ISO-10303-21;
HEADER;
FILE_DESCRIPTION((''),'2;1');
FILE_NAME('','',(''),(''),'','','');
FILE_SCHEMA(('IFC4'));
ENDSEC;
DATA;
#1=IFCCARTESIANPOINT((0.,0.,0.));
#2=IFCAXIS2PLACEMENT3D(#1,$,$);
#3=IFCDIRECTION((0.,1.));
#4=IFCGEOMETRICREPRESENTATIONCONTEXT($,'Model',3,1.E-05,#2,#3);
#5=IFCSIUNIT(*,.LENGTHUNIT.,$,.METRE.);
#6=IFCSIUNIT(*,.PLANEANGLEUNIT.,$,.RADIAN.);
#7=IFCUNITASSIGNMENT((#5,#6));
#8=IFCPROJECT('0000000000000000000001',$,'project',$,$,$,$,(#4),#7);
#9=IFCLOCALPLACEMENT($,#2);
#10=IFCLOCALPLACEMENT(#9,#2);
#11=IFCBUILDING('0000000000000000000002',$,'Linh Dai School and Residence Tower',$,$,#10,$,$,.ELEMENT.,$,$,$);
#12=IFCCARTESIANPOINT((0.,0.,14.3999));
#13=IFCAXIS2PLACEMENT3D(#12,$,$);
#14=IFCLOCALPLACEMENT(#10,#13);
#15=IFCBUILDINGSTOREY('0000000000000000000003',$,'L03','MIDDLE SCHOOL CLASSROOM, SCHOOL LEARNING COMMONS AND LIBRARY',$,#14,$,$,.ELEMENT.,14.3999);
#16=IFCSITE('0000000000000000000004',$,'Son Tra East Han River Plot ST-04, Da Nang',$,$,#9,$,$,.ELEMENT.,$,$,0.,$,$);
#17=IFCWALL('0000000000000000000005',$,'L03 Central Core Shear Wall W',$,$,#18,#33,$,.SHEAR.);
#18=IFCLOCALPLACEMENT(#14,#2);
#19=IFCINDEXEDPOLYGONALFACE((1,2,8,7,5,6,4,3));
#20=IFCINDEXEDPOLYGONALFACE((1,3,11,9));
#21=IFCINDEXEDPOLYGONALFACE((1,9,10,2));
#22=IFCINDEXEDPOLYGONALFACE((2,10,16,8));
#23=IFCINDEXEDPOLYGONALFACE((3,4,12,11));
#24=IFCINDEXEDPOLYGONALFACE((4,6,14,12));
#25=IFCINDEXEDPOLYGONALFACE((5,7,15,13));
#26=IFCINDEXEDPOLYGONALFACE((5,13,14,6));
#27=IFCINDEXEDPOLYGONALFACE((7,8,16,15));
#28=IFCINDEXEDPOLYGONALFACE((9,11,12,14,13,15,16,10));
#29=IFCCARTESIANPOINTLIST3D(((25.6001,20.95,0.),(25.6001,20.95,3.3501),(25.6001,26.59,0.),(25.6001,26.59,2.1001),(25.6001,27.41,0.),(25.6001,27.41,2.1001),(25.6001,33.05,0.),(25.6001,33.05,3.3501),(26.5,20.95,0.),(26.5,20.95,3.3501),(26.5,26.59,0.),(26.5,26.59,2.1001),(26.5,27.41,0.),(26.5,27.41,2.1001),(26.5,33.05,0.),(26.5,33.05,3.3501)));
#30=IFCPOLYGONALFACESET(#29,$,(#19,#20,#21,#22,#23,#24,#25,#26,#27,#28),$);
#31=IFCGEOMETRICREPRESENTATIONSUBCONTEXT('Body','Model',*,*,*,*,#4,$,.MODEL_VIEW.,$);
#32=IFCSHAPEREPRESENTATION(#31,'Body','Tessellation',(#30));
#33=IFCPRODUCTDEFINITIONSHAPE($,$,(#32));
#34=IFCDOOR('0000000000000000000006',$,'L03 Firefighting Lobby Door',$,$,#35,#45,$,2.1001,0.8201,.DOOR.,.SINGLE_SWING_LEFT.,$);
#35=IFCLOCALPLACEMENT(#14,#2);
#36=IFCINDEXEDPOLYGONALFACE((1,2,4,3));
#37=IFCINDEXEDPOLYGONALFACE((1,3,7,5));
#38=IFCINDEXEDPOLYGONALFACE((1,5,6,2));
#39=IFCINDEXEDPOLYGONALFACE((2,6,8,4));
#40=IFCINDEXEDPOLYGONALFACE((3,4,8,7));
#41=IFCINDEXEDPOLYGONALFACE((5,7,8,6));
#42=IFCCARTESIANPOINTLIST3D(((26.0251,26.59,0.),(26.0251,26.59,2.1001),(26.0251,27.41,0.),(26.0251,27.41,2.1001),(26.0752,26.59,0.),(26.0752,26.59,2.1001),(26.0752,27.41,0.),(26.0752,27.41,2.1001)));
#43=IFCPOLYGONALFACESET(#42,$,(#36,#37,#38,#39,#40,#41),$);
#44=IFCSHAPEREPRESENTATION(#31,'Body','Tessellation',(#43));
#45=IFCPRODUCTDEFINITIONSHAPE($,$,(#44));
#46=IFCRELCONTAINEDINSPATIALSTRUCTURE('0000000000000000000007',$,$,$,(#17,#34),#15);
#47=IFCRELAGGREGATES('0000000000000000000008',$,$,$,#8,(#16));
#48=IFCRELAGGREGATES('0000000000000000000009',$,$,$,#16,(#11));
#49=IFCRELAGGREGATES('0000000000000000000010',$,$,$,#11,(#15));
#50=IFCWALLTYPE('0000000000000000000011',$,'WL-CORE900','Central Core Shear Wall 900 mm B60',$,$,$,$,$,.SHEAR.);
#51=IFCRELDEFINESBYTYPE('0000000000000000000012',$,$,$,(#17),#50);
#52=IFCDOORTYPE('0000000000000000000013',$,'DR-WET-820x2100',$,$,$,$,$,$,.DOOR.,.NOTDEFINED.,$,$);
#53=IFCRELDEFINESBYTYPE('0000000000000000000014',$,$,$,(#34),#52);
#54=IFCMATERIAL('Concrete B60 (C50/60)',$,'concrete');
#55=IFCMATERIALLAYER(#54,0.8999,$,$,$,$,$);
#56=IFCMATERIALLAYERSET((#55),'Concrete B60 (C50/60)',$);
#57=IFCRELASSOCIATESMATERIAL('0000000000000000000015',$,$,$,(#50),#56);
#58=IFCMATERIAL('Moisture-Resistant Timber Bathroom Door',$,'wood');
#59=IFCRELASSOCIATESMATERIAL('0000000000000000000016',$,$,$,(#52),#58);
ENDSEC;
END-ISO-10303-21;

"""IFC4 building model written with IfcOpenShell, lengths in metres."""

from ifc_helpers import new_model, si_unit, direction, frame, frame_2d, origin, origin_2d, place, context, subcontext, project, spatial, rectangle, extrude, source, transform, mapped, material, layer, layer_set, type_object, element, fill, save


model = new_model("IFC4")

# Units and contexts
model_context = context("Model", 3, precision=1e-05, world=origin(), true_north=direction((0.0, 1.0)))
body_context = subcontext(model_context, "Body", "Model", "MODEL_VIEW")
ifc_project = project(units=[si_unit("LENGTHUNIT", "METRE"), si_unit("PLANEANGLEUNIT", "RADIAN")], contexts=[model_context])

# Site, building, storey
site_placement = place(None, origin())
site = spatial("IfcSite", under=ifc_project, at=site_placement, Name="Son Tra East Han River Plot ST-04, Da Nang", CompositionType="ELEMENT", RefElevation=0.0)
building_placement = place(site_placement, origin())
building = spatial("IfcBuilding", under=site, at=building_placement, Name="Linh Dai School and Residence Tower", CompositionType="ELEMENT")
storey_placement = place(building_placement, frame((0.0, 0.0, 14.3999)))
storey = spatial("IfcBuildingStorey", under=building, at=storey_placement, Name="L03", Description="MIDDLE SCHOOL CLASSROOM, SCHOOL LEARNING COMMONS AND LIBRARY", CompositionType="ELEMENT", Elevation=14.3999)

# Shared definitions
ifc_material_1 = material(Name="Concrete B60 (C50/60)", Category="concrete")

# Wall, opening, door
ifc_layer_1 = layer(ifc_material_1, 0.8999)
ifc_layer_set_1 = layer_set([ifc_layer_1], Name="Concrete B60 (C50/60)")
wall_type_1 = type_object("IfcWallType", Name="WL-CORE900", Description="Central Core Shear Wall 900 mm B60", PredefinedType="SHEAR", material=ifc_layer_set_1)
wall_1_placement = place(storey_placement, frame((26.05, 20.95, 0.0), z_axis=(0.0, 0.0, 1.0), x_axis=(0.0, 1.0, 0.0)))
wall_1 = element("IfcWall", 1, at=wall_1_placement, inside=storey, type_object=wall_type_1, Name="L03 Central Core Shear Wall W", PredefinedType="SHEAR", context=body_context, shape_type="SweptSolid", body=[
    extrude(rectangle(XDim=12.1001, YDim=0.8999, at=frame_2d((6.05, 0.0))), origin(), (0.0, 0.0, 1.0), 3.3501),
])
opening_1_placement = place(wall_1_placement, frame((5.6399, 0.0, 0.0)))
opening_1 = element("IfcOpeningElement", 2, at=opening_1_placement, cuts=wall_1, PredefinedType="OPENING", context=body_context, shape_type="SweptSolid", body=[
    extrude(rectangle(XDim=0.8201, YDim=2.1001, at=origin_2d()), frame((0.4102, 0.46, 1.05), z_axis=(0.0, -1.0, 0.0), x_axis=(1.0, 0.0, 0.0)), (0.0, 0.0, 1.0), 0.9199),
])
ifc_material_2 = material(Name="Moisture-Resistant Timber Bathroom Door", Category="wood")
door_type_1 = type_object("IfcDoorType", Name="DR-WET-820x2100", OperationType="NOTDEFINED", PredefinedType="DOOR", material=ifc_material_2)
shared_shape_1 = source(origin(), body_context, "Body", "SweptSolid", [
    extrude(rectangle(XDim=0.8201, YDim=2.1001, at=origin_2d()), frame((0.4102, 0.0249, 1.05), z_axis=(0.0, -1.0, 0.0), x_axis=(1.0, 0.0, 0.0)), (0.0, 0.0, 1.0), 0.05),
])
door_1_placement = place(opening_1_placement, origin())
door_1 = element("IfcDoor", 3, at=door_1_placement, inside=storey, type_object=door_type_1, Name="L03 Firefighting Lobby Door", OperationType="SINGLE_SWING_LEFT", OverallHeight=2.1001, OverallWidth=0.8201, PredefinedType="DOOR", context=body_context, shape_type="MappedRepresentation", body=[
    mapped(shared_shape_1, transform((0.0, 0.0, 0.0), x_axis=(1.0, 0.0, 0.0), y_axis=(0.0, 1.0, 0.0), z_axis=(0.0, 0.0, 1.0), scale=1.0)),
])
fill(opening_1, door_1)

save(model, "model.ifc")
